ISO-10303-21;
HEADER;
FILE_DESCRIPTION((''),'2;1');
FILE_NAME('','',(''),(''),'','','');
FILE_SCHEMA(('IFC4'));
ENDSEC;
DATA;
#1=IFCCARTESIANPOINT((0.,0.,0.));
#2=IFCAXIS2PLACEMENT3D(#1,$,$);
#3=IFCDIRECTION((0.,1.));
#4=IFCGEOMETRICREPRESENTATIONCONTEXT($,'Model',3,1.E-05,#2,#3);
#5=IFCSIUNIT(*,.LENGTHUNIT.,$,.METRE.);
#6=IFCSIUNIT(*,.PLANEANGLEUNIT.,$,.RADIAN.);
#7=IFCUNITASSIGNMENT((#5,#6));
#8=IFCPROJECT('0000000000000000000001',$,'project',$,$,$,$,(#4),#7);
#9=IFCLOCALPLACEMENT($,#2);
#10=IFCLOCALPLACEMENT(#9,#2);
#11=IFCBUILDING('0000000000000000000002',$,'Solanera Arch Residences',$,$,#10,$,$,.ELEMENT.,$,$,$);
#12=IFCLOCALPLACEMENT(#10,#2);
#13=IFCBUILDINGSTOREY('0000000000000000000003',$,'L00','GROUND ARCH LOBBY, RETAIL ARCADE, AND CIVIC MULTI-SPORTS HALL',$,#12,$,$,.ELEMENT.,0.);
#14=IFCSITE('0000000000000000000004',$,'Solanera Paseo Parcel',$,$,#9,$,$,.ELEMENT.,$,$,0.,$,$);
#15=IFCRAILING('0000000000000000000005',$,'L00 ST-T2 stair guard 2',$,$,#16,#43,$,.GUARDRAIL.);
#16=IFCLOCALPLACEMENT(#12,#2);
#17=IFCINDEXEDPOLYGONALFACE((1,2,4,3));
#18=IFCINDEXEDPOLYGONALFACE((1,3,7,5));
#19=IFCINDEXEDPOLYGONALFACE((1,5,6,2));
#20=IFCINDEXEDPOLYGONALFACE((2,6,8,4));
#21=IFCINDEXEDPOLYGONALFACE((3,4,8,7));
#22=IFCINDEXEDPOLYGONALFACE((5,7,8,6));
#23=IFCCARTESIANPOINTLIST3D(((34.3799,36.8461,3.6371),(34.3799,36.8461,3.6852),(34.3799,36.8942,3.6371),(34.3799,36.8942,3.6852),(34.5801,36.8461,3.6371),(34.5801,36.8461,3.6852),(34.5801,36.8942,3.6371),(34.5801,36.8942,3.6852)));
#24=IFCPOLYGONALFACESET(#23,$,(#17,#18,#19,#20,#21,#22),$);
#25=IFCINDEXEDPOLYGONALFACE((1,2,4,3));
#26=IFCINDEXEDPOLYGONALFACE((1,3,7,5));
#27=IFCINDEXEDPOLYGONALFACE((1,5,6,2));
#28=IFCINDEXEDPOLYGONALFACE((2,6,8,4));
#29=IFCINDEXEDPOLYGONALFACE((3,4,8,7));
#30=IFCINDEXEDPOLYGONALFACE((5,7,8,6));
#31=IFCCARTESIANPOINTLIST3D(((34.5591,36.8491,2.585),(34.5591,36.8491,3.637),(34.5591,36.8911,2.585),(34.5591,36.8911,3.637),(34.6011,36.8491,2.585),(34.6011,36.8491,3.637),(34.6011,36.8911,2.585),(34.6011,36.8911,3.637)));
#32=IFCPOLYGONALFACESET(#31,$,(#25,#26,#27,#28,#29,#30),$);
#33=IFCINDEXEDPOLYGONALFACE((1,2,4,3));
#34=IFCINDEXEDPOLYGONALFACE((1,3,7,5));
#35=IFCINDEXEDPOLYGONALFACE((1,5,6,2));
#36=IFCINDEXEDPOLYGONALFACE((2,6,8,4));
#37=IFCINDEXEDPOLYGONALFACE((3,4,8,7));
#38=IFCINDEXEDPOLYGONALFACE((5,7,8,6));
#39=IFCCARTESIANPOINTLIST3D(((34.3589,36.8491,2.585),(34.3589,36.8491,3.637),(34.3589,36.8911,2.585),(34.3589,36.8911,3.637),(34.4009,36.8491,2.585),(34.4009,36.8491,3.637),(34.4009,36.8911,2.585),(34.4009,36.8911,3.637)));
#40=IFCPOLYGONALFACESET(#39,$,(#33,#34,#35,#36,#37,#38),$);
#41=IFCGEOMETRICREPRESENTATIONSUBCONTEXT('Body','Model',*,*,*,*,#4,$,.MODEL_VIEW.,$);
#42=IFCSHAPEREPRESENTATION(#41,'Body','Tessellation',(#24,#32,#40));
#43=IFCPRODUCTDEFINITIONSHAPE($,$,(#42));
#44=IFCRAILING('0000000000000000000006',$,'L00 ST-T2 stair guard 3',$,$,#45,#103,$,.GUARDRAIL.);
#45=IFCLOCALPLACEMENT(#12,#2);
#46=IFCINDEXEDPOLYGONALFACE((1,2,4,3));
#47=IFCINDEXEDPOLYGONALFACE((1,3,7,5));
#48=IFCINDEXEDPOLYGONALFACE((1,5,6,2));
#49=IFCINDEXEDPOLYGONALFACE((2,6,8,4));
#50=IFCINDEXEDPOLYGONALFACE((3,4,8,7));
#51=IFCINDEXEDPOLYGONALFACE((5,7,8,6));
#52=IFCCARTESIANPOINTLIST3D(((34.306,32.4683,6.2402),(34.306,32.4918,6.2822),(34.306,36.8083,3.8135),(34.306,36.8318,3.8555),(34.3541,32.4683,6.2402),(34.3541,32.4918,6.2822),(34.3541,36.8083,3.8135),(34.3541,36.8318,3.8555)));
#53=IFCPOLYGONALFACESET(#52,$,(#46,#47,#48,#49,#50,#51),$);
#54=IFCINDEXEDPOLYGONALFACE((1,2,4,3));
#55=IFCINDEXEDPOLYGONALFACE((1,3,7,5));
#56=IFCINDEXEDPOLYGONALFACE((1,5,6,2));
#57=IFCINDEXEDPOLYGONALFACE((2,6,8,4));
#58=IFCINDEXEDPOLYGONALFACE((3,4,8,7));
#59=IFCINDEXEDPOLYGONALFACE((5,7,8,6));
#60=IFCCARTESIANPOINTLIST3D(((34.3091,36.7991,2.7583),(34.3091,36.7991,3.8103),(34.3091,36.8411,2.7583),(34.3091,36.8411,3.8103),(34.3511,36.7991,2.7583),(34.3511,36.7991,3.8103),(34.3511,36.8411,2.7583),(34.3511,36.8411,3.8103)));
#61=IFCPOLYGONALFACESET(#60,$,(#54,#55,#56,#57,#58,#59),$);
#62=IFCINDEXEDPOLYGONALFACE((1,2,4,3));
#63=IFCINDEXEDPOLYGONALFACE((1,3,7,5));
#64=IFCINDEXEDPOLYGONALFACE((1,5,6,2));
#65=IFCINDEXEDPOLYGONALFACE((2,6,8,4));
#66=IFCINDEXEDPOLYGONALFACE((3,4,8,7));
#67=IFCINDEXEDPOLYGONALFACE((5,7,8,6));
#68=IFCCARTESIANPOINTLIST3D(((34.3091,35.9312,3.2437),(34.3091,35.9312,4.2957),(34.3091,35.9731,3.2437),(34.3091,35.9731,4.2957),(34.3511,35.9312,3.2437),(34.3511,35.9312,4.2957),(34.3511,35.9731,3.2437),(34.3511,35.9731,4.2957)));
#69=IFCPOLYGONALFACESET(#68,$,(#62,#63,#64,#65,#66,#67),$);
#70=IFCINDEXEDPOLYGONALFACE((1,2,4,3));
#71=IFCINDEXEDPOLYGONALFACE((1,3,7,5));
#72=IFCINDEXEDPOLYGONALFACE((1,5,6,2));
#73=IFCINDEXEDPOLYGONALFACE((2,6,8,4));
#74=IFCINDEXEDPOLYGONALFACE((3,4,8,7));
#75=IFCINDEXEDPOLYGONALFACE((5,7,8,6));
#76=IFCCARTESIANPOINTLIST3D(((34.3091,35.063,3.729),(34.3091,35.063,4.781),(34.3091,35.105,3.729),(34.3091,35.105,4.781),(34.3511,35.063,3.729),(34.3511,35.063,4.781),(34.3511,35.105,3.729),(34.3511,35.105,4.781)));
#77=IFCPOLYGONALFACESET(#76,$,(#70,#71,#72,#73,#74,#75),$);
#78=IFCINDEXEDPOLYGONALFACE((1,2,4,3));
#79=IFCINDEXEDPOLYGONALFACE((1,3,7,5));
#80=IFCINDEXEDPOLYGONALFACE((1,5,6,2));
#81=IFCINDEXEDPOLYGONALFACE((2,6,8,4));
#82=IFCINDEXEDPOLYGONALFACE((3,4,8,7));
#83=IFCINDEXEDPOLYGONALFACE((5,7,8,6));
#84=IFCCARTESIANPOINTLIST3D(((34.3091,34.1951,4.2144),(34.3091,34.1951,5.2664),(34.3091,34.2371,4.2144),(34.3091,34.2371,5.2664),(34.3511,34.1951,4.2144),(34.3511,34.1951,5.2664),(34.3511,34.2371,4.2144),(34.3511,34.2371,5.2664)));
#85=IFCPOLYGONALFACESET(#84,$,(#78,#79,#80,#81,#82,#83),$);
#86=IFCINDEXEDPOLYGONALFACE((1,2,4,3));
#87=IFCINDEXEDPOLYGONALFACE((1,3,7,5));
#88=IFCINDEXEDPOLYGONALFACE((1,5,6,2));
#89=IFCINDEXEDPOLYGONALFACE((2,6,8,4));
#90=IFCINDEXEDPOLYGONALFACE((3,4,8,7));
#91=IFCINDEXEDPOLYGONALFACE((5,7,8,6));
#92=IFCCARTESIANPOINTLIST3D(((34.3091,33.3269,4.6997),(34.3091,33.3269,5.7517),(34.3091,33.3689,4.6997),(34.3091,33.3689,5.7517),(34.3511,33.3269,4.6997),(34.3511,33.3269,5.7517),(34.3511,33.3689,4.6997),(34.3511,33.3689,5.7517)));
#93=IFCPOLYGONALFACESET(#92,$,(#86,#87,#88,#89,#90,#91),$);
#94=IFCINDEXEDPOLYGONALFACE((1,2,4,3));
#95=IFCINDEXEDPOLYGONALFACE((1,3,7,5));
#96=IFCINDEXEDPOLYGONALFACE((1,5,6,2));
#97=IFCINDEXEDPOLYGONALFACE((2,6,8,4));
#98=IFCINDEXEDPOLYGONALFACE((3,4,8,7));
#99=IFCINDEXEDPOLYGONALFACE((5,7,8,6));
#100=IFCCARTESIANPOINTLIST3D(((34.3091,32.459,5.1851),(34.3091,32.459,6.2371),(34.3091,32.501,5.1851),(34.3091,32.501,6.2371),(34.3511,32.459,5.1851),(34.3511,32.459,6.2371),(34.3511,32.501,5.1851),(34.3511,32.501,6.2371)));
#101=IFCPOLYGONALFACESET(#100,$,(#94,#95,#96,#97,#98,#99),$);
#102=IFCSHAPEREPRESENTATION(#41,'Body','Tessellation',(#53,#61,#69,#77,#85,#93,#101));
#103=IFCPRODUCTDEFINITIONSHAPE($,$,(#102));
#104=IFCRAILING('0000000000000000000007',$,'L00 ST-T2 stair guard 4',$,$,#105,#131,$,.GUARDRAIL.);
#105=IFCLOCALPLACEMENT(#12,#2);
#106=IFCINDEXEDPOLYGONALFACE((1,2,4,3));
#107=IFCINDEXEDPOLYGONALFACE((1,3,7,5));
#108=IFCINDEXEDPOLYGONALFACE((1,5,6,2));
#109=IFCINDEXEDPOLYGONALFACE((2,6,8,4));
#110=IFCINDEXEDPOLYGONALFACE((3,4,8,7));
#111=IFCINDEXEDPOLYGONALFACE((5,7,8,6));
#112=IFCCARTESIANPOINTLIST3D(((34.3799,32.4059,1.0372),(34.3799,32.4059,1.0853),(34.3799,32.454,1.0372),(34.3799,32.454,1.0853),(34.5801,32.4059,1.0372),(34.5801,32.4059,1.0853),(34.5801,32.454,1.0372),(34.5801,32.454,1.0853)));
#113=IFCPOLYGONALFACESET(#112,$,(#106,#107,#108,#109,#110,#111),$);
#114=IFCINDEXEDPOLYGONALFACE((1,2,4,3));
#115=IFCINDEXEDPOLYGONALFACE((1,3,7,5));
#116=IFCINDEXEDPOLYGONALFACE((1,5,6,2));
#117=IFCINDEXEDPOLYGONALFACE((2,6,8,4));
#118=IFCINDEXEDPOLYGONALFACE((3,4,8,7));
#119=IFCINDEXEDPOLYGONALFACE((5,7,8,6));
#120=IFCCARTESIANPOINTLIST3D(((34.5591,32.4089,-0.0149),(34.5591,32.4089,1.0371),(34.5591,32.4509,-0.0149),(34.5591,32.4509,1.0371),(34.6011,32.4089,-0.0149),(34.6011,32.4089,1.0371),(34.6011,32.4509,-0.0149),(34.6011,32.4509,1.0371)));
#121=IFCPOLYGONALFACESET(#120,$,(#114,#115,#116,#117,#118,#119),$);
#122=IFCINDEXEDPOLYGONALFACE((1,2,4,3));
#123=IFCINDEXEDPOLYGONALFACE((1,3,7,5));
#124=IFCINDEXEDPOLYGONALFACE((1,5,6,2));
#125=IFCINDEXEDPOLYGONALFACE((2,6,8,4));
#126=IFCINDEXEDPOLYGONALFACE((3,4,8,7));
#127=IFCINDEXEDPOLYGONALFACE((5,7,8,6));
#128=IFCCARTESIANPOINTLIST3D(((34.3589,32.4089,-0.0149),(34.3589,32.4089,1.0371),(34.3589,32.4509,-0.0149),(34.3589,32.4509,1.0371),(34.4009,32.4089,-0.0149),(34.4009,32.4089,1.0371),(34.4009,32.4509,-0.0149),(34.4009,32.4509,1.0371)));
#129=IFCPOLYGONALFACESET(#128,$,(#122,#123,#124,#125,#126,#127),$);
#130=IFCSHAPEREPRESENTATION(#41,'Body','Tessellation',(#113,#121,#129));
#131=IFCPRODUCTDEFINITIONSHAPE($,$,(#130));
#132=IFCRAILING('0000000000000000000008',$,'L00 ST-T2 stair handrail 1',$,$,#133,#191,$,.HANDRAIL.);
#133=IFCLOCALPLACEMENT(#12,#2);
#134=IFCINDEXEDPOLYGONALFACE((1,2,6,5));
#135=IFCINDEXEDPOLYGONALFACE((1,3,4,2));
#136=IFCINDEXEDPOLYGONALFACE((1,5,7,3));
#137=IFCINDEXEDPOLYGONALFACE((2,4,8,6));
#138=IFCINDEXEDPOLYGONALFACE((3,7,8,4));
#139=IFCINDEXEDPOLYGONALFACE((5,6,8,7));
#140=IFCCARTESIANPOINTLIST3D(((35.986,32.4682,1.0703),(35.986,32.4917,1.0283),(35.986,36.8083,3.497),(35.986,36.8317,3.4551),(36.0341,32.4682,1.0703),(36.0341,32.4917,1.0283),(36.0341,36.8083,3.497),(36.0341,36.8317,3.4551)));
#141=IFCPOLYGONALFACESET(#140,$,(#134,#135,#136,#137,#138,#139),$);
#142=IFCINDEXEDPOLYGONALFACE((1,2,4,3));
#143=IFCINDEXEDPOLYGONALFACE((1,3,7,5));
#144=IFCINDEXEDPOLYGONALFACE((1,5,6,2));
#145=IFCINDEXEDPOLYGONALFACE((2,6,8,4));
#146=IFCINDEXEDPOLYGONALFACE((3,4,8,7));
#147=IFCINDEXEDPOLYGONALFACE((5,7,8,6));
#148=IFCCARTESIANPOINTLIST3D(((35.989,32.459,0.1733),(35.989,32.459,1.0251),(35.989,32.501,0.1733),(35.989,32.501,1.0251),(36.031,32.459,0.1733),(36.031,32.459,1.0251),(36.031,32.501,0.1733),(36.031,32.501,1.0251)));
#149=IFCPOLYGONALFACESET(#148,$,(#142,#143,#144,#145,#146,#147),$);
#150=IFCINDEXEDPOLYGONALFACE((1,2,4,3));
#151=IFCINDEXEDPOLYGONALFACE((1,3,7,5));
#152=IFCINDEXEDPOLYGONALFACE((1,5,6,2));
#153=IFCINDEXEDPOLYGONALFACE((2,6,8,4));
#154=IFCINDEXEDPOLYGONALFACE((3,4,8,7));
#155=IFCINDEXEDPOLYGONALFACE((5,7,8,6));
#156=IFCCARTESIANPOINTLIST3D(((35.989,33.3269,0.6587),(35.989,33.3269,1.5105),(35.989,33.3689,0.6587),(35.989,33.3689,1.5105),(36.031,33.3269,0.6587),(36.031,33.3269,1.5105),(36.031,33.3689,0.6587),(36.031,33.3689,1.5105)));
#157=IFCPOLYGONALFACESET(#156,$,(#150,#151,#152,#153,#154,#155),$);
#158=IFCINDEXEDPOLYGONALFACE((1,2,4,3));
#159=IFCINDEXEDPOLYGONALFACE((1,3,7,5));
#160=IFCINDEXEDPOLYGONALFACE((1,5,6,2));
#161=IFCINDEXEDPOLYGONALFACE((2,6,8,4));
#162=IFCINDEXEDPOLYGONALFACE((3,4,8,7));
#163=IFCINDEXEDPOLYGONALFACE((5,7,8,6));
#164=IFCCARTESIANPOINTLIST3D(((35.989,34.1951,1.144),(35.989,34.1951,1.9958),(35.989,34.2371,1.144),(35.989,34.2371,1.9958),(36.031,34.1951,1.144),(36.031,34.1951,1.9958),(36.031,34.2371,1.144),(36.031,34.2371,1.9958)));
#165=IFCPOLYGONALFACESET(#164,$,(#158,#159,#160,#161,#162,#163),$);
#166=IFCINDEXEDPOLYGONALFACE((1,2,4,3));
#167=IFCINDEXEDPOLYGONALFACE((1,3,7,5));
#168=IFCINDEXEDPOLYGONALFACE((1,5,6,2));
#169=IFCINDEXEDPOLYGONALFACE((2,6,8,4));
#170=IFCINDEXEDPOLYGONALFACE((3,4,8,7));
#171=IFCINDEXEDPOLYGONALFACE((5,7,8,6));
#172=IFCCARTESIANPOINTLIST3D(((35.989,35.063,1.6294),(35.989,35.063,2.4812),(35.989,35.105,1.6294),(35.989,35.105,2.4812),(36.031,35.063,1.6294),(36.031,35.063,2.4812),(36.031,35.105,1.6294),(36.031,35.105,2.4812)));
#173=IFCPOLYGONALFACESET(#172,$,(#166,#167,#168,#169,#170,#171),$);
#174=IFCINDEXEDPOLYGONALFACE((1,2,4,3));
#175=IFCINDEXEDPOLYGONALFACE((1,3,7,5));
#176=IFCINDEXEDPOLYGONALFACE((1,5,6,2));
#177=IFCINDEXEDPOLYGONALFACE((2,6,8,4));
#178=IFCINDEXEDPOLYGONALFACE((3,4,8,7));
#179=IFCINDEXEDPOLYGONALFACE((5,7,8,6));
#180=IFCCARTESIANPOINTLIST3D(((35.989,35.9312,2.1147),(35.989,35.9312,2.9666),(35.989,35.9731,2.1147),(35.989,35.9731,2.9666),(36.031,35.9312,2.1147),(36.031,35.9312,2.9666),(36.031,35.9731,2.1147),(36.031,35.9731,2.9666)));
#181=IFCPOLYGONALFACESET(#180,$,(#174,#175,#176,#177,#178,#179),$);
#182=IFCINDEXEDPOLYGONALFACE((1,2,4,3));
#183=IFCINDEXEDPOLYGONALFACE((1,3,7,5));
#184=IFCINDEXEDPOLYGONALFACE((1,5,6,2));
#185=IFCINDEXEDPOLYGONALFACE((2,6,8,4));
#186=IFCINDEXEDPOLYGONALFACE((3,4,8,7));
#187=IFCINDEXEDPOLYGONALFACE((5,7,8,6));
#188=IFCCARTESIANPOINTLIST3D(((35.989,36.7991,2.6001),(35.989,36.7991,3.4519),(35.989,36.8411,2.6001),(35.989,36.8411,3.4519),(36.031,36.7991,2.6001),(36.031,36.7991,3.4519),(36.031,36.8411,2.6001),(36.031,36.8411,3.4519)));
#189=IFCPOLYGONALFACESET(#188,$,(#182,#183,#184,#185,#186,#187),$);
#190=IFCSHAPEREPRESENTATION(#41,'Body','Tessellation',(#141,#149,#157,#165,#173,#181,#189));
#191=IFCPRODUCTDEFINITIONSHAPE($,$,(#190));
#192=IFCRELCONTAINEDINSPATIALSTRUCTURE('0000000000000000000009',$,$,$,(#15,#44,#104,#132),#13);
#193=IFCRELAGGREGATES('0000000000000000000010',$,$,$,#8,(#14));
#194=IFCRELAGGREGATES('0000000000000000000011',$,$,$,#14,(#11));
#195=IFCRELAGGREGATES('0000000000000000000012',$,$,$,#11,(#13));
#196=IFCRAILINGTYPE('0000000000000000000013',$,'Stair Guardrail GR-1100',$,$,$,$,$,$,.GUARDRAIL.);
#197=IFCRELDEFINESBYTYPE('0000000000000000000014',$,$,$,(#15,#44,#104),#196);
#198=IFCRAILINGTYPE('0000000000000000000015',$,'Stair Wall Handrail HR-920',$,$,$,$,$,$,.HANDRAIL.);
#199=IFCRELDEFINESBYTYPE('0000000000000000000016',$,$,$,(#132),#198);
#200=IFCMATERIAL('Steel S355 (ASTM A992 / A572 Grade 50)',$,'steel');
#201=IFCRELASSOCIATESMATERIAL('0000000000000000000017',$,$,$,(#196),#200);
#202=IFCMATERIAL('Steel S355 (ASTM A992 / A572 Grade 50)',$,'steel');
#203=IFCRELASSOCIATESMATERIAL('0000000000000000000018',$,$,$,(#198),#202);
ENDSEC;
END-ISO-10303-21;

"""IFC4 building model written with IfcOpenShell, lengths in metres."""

from ifc_helpers import new_model, si_unit, direction, frame, origin, origin_2d, place, context, subcontext, project, spatial, rectangle, extrude, material, type_object, element, save


model = new_model("IFC4")

# Units and contexts
model_context = context("Model", 3, precision=1e-05, world=origin(), true_north=direction((0.0, 1.0)))
body_context = subcontext(model_context, "Body", "Model", "MODEL_VIEW")
ifc_project = project(units=[si_unit("LENGTHUNIT", "METRE"), si_unit("PLANEANGLEUNIT", "RADIAN")], contexts=[model_context])

# Site, building, storey
site_placement = place(None, origin())
site = spatial("IfcSite", under=ifc_project, at=site_placement, Name="Solanera Paseo Parcel", CompositionType="ELEMENT", RefElevation=0.0)
building_placement = place(site_placement, origin())
building = spatial("IfcBuilding", under=site, at=building_placement, Name="Solanera Arch Residences", CompositionType="ELEMENT")
storey_placement = place(building_placement, origin())
storey = spatial("IfcBuildingStorey", under=building, at=storey_placement, Name="L00", Description="GROUND ARCH LOBBY, RETAIL ARCADE, AND CIVIC MULTI-SPORTS HALL", CompositionType="ELEMENT", Elevation=0.0)

# Railings
ifc_material_1 = material(Name="Steel S355 (ASTM A992 / A572 Grade 50)", Category="steel")
railing_type_1 = type_object("IfcRailingType", Name="Stair Guardrail GR-1100", PredefinedType="GUARDRAIL", material=ifc_material_1)
railing_1_placement = place(storey_placement, frame((34.5801, 36.8701, 2.585)))
element("IfcRailing", 1, at=railing_1_placement, inside=storey, type_object=railing_type_1, Name="L00 ST-T2 stair guard 2", PredefinedType="GUARDRAIL", context=body_context, shape_type="SweptSolid", body=[
    extrude(rectangle(XDim=0.0481, YDim=0.0481, at=origin_2d()), frame((0.0, 0.0, 1.0762), z_axis=(-1.0, 0.0, 0.0), x_axis=(0.0, -1.0, 0.0)), (0.0, 0.0, 1.0), 0.2002),
    extrude(rectangle(XDim=0.042, YDim=0.042, at=origin_2d()), origin(), (0.0, 0.0, 1.0), 1.052),
    extrude(rectangle(XDim=0.042, YDim=0.042, at=origin_2d()), frame((-0.2002, 0.0, 0.0)), (0.0, 0.0, 1.0), 1.052),
])
railing_2_placement = place(storey_placement, frame((34.3301, 36.8201, 2.7583)))
element("IfcRailing", 2, at=railing_2_placement, inside=storey, type_object=railing_type_1, Name="L00 ST-T2 stair guard 3", PredefinedType="GUARDRAIL", context=body_context, shape_type="SweptSolid", body=[
    extrude(rectangle(XDim=0.0481, YDim=0.0481, at=origin_2d()), frame((0.0, 0.0, 1.0762), z_axis=(0.0, -0.872822, 0.488038), x_axis=(1.0, 0.0, 0.0)), (0.0, 0.0, 1.0), 4.9724),
    extrude(rectangle(XDim=0.042, YDim=0.042, at=origin_2d()), origin(), (0.0, 0.0, 1.0), 1.052),
    extrude(rectangle(XDim=0.042, YDim=0.042, at=origin_2d()), frame((0.0, -0.8679, 0.4854)), (0.0, 0.0, 1.0), 1.052),
    extrude(rectangle(XDim=0.042, YDim=0.042, at=origin_2d()), frame((0.0, -1.7361, 0.9707)), (0.0, 0.0, 1.0), 1.052),
    extrude(rectangle(XDim=0.042, YDim=0.042, at=origin_2d()), frame((0.0, -2.604, 1.4561)), (0.0, 0.0, 1.0), 1.052),
    extrude(rectangle(XDim=0.042, YDim=0.042, at=origin_2d()), frame((0.0, -3.4722, 1.9414)), (0.0, 0.0, 1.0), 1.052),
    extrude(rectangle(XDim=0.042, YDim=0.042, at=origin_2d()), frame((0.0, -4.3401, 2.4268)), (0.0, 0.0, 1.0), 1.052),
])
railing_3_placement = place(storey_placement, frame((34.5801, 32.4299, -0.0149)))
element("IfcRailing", 3, at=railing_3_placement, inside=storey, type_object=railing_type_1, Name="L00 ST-T2 stair guard 4", PredefinedType="GUARDRAIL", context=body_context, shape_type="SweptSolid", body=[
    extrude(rectangle(XDim=0.0481, YDim=0.0481, at=origin_2d()), frame((0.0, 0.0, 1.0762), z_axis=(-1.0, 0.0, 0.0), x_axis=(0.0, -1.0, 0.0)), (0.0, 0.0, 1.0), 0.2002),
    extrude(rectangle(XDim=0.042, YDim=0.042, at=origin_2d()), origin(), (0.0, 0.0, 1.0), 1.052),
    extrude(rectangle(XDim=0.042, YDim=0.042, at=origin_2d()), frame((-0.2002, 0.0, 0.0)), (0.0, 0.0, 1.0), 1.052),
])
ifc_material_2 = material(Name="Steel S355 (ASTM A992 / A572 Grade 50)", Category="steel")
railing_type_2 = type_object("IfcRailingType", Name="Stair Wall Handrail HR-920", PredefinedType="HANDRAIL", material=ifc_material_2)
railing_4_placement = place(storey_placement, frame((36.01, 32.48, 0.1733)))
element("IfcRailing", 4, at=railing_4_placement, inside=storey, type_object=railing_type_2, Name="L00 ST-T2 stair handrail 1", PredefinedType="HANDRAIL", context=body_context, shape_type="SweptSolid", body=[
    extrude(rectangle(XDim=0.0481, YDim=0.0481, at=origin_2d()), frame((0.0, 0.0, 0.876), z_axis=(0.0, 0.872822, 0.488038), x_axis=(-1.0, 0.0, 0.0)), (0.0, 0.0, 1.0), 4.9724),
    extrude(rectangle(XDim=0.042, YDim=0.042, at=origin_2d()), origin(), (0.0, 0.0, 1.0), 0.8518),
    extrude(rectangle(XDim=0.042, YDim=0.042, at=origin_2d()), frame((0.0, 0.8679, 0.4854)), (0.0, 0.0, 1.0), 0.8518),
    extrude(rectangle(XDim=0.042, YDim=0.042, at=origin_2d()), frame((0.0, 1.7361, 0.9707)), (0.0, 0.0, 1.0), 0.8518),
    extrude(rectangle(XDim=0.042, YDim=0.042, at=origin_2d()), frame((0.0, 2.604, 1.4561)), (0.0, 0.0, 1.0), 0.8518),
    extrude(rectangle(XDim=0.042, YDim=0.042, at=origin_2d()), frame((0.0, 3.4722, 1.9414)), (0.0, 0.0, 1.0), 0.8518),
    extrude(rectangle(XDim=0.042, YDim=0.042, at=origin_2d()), frame((0.0, 4.3401, 2.4268)), (0.0, 0.0, 1.0), 0.8518),
])

save(model, "model.ifc")
